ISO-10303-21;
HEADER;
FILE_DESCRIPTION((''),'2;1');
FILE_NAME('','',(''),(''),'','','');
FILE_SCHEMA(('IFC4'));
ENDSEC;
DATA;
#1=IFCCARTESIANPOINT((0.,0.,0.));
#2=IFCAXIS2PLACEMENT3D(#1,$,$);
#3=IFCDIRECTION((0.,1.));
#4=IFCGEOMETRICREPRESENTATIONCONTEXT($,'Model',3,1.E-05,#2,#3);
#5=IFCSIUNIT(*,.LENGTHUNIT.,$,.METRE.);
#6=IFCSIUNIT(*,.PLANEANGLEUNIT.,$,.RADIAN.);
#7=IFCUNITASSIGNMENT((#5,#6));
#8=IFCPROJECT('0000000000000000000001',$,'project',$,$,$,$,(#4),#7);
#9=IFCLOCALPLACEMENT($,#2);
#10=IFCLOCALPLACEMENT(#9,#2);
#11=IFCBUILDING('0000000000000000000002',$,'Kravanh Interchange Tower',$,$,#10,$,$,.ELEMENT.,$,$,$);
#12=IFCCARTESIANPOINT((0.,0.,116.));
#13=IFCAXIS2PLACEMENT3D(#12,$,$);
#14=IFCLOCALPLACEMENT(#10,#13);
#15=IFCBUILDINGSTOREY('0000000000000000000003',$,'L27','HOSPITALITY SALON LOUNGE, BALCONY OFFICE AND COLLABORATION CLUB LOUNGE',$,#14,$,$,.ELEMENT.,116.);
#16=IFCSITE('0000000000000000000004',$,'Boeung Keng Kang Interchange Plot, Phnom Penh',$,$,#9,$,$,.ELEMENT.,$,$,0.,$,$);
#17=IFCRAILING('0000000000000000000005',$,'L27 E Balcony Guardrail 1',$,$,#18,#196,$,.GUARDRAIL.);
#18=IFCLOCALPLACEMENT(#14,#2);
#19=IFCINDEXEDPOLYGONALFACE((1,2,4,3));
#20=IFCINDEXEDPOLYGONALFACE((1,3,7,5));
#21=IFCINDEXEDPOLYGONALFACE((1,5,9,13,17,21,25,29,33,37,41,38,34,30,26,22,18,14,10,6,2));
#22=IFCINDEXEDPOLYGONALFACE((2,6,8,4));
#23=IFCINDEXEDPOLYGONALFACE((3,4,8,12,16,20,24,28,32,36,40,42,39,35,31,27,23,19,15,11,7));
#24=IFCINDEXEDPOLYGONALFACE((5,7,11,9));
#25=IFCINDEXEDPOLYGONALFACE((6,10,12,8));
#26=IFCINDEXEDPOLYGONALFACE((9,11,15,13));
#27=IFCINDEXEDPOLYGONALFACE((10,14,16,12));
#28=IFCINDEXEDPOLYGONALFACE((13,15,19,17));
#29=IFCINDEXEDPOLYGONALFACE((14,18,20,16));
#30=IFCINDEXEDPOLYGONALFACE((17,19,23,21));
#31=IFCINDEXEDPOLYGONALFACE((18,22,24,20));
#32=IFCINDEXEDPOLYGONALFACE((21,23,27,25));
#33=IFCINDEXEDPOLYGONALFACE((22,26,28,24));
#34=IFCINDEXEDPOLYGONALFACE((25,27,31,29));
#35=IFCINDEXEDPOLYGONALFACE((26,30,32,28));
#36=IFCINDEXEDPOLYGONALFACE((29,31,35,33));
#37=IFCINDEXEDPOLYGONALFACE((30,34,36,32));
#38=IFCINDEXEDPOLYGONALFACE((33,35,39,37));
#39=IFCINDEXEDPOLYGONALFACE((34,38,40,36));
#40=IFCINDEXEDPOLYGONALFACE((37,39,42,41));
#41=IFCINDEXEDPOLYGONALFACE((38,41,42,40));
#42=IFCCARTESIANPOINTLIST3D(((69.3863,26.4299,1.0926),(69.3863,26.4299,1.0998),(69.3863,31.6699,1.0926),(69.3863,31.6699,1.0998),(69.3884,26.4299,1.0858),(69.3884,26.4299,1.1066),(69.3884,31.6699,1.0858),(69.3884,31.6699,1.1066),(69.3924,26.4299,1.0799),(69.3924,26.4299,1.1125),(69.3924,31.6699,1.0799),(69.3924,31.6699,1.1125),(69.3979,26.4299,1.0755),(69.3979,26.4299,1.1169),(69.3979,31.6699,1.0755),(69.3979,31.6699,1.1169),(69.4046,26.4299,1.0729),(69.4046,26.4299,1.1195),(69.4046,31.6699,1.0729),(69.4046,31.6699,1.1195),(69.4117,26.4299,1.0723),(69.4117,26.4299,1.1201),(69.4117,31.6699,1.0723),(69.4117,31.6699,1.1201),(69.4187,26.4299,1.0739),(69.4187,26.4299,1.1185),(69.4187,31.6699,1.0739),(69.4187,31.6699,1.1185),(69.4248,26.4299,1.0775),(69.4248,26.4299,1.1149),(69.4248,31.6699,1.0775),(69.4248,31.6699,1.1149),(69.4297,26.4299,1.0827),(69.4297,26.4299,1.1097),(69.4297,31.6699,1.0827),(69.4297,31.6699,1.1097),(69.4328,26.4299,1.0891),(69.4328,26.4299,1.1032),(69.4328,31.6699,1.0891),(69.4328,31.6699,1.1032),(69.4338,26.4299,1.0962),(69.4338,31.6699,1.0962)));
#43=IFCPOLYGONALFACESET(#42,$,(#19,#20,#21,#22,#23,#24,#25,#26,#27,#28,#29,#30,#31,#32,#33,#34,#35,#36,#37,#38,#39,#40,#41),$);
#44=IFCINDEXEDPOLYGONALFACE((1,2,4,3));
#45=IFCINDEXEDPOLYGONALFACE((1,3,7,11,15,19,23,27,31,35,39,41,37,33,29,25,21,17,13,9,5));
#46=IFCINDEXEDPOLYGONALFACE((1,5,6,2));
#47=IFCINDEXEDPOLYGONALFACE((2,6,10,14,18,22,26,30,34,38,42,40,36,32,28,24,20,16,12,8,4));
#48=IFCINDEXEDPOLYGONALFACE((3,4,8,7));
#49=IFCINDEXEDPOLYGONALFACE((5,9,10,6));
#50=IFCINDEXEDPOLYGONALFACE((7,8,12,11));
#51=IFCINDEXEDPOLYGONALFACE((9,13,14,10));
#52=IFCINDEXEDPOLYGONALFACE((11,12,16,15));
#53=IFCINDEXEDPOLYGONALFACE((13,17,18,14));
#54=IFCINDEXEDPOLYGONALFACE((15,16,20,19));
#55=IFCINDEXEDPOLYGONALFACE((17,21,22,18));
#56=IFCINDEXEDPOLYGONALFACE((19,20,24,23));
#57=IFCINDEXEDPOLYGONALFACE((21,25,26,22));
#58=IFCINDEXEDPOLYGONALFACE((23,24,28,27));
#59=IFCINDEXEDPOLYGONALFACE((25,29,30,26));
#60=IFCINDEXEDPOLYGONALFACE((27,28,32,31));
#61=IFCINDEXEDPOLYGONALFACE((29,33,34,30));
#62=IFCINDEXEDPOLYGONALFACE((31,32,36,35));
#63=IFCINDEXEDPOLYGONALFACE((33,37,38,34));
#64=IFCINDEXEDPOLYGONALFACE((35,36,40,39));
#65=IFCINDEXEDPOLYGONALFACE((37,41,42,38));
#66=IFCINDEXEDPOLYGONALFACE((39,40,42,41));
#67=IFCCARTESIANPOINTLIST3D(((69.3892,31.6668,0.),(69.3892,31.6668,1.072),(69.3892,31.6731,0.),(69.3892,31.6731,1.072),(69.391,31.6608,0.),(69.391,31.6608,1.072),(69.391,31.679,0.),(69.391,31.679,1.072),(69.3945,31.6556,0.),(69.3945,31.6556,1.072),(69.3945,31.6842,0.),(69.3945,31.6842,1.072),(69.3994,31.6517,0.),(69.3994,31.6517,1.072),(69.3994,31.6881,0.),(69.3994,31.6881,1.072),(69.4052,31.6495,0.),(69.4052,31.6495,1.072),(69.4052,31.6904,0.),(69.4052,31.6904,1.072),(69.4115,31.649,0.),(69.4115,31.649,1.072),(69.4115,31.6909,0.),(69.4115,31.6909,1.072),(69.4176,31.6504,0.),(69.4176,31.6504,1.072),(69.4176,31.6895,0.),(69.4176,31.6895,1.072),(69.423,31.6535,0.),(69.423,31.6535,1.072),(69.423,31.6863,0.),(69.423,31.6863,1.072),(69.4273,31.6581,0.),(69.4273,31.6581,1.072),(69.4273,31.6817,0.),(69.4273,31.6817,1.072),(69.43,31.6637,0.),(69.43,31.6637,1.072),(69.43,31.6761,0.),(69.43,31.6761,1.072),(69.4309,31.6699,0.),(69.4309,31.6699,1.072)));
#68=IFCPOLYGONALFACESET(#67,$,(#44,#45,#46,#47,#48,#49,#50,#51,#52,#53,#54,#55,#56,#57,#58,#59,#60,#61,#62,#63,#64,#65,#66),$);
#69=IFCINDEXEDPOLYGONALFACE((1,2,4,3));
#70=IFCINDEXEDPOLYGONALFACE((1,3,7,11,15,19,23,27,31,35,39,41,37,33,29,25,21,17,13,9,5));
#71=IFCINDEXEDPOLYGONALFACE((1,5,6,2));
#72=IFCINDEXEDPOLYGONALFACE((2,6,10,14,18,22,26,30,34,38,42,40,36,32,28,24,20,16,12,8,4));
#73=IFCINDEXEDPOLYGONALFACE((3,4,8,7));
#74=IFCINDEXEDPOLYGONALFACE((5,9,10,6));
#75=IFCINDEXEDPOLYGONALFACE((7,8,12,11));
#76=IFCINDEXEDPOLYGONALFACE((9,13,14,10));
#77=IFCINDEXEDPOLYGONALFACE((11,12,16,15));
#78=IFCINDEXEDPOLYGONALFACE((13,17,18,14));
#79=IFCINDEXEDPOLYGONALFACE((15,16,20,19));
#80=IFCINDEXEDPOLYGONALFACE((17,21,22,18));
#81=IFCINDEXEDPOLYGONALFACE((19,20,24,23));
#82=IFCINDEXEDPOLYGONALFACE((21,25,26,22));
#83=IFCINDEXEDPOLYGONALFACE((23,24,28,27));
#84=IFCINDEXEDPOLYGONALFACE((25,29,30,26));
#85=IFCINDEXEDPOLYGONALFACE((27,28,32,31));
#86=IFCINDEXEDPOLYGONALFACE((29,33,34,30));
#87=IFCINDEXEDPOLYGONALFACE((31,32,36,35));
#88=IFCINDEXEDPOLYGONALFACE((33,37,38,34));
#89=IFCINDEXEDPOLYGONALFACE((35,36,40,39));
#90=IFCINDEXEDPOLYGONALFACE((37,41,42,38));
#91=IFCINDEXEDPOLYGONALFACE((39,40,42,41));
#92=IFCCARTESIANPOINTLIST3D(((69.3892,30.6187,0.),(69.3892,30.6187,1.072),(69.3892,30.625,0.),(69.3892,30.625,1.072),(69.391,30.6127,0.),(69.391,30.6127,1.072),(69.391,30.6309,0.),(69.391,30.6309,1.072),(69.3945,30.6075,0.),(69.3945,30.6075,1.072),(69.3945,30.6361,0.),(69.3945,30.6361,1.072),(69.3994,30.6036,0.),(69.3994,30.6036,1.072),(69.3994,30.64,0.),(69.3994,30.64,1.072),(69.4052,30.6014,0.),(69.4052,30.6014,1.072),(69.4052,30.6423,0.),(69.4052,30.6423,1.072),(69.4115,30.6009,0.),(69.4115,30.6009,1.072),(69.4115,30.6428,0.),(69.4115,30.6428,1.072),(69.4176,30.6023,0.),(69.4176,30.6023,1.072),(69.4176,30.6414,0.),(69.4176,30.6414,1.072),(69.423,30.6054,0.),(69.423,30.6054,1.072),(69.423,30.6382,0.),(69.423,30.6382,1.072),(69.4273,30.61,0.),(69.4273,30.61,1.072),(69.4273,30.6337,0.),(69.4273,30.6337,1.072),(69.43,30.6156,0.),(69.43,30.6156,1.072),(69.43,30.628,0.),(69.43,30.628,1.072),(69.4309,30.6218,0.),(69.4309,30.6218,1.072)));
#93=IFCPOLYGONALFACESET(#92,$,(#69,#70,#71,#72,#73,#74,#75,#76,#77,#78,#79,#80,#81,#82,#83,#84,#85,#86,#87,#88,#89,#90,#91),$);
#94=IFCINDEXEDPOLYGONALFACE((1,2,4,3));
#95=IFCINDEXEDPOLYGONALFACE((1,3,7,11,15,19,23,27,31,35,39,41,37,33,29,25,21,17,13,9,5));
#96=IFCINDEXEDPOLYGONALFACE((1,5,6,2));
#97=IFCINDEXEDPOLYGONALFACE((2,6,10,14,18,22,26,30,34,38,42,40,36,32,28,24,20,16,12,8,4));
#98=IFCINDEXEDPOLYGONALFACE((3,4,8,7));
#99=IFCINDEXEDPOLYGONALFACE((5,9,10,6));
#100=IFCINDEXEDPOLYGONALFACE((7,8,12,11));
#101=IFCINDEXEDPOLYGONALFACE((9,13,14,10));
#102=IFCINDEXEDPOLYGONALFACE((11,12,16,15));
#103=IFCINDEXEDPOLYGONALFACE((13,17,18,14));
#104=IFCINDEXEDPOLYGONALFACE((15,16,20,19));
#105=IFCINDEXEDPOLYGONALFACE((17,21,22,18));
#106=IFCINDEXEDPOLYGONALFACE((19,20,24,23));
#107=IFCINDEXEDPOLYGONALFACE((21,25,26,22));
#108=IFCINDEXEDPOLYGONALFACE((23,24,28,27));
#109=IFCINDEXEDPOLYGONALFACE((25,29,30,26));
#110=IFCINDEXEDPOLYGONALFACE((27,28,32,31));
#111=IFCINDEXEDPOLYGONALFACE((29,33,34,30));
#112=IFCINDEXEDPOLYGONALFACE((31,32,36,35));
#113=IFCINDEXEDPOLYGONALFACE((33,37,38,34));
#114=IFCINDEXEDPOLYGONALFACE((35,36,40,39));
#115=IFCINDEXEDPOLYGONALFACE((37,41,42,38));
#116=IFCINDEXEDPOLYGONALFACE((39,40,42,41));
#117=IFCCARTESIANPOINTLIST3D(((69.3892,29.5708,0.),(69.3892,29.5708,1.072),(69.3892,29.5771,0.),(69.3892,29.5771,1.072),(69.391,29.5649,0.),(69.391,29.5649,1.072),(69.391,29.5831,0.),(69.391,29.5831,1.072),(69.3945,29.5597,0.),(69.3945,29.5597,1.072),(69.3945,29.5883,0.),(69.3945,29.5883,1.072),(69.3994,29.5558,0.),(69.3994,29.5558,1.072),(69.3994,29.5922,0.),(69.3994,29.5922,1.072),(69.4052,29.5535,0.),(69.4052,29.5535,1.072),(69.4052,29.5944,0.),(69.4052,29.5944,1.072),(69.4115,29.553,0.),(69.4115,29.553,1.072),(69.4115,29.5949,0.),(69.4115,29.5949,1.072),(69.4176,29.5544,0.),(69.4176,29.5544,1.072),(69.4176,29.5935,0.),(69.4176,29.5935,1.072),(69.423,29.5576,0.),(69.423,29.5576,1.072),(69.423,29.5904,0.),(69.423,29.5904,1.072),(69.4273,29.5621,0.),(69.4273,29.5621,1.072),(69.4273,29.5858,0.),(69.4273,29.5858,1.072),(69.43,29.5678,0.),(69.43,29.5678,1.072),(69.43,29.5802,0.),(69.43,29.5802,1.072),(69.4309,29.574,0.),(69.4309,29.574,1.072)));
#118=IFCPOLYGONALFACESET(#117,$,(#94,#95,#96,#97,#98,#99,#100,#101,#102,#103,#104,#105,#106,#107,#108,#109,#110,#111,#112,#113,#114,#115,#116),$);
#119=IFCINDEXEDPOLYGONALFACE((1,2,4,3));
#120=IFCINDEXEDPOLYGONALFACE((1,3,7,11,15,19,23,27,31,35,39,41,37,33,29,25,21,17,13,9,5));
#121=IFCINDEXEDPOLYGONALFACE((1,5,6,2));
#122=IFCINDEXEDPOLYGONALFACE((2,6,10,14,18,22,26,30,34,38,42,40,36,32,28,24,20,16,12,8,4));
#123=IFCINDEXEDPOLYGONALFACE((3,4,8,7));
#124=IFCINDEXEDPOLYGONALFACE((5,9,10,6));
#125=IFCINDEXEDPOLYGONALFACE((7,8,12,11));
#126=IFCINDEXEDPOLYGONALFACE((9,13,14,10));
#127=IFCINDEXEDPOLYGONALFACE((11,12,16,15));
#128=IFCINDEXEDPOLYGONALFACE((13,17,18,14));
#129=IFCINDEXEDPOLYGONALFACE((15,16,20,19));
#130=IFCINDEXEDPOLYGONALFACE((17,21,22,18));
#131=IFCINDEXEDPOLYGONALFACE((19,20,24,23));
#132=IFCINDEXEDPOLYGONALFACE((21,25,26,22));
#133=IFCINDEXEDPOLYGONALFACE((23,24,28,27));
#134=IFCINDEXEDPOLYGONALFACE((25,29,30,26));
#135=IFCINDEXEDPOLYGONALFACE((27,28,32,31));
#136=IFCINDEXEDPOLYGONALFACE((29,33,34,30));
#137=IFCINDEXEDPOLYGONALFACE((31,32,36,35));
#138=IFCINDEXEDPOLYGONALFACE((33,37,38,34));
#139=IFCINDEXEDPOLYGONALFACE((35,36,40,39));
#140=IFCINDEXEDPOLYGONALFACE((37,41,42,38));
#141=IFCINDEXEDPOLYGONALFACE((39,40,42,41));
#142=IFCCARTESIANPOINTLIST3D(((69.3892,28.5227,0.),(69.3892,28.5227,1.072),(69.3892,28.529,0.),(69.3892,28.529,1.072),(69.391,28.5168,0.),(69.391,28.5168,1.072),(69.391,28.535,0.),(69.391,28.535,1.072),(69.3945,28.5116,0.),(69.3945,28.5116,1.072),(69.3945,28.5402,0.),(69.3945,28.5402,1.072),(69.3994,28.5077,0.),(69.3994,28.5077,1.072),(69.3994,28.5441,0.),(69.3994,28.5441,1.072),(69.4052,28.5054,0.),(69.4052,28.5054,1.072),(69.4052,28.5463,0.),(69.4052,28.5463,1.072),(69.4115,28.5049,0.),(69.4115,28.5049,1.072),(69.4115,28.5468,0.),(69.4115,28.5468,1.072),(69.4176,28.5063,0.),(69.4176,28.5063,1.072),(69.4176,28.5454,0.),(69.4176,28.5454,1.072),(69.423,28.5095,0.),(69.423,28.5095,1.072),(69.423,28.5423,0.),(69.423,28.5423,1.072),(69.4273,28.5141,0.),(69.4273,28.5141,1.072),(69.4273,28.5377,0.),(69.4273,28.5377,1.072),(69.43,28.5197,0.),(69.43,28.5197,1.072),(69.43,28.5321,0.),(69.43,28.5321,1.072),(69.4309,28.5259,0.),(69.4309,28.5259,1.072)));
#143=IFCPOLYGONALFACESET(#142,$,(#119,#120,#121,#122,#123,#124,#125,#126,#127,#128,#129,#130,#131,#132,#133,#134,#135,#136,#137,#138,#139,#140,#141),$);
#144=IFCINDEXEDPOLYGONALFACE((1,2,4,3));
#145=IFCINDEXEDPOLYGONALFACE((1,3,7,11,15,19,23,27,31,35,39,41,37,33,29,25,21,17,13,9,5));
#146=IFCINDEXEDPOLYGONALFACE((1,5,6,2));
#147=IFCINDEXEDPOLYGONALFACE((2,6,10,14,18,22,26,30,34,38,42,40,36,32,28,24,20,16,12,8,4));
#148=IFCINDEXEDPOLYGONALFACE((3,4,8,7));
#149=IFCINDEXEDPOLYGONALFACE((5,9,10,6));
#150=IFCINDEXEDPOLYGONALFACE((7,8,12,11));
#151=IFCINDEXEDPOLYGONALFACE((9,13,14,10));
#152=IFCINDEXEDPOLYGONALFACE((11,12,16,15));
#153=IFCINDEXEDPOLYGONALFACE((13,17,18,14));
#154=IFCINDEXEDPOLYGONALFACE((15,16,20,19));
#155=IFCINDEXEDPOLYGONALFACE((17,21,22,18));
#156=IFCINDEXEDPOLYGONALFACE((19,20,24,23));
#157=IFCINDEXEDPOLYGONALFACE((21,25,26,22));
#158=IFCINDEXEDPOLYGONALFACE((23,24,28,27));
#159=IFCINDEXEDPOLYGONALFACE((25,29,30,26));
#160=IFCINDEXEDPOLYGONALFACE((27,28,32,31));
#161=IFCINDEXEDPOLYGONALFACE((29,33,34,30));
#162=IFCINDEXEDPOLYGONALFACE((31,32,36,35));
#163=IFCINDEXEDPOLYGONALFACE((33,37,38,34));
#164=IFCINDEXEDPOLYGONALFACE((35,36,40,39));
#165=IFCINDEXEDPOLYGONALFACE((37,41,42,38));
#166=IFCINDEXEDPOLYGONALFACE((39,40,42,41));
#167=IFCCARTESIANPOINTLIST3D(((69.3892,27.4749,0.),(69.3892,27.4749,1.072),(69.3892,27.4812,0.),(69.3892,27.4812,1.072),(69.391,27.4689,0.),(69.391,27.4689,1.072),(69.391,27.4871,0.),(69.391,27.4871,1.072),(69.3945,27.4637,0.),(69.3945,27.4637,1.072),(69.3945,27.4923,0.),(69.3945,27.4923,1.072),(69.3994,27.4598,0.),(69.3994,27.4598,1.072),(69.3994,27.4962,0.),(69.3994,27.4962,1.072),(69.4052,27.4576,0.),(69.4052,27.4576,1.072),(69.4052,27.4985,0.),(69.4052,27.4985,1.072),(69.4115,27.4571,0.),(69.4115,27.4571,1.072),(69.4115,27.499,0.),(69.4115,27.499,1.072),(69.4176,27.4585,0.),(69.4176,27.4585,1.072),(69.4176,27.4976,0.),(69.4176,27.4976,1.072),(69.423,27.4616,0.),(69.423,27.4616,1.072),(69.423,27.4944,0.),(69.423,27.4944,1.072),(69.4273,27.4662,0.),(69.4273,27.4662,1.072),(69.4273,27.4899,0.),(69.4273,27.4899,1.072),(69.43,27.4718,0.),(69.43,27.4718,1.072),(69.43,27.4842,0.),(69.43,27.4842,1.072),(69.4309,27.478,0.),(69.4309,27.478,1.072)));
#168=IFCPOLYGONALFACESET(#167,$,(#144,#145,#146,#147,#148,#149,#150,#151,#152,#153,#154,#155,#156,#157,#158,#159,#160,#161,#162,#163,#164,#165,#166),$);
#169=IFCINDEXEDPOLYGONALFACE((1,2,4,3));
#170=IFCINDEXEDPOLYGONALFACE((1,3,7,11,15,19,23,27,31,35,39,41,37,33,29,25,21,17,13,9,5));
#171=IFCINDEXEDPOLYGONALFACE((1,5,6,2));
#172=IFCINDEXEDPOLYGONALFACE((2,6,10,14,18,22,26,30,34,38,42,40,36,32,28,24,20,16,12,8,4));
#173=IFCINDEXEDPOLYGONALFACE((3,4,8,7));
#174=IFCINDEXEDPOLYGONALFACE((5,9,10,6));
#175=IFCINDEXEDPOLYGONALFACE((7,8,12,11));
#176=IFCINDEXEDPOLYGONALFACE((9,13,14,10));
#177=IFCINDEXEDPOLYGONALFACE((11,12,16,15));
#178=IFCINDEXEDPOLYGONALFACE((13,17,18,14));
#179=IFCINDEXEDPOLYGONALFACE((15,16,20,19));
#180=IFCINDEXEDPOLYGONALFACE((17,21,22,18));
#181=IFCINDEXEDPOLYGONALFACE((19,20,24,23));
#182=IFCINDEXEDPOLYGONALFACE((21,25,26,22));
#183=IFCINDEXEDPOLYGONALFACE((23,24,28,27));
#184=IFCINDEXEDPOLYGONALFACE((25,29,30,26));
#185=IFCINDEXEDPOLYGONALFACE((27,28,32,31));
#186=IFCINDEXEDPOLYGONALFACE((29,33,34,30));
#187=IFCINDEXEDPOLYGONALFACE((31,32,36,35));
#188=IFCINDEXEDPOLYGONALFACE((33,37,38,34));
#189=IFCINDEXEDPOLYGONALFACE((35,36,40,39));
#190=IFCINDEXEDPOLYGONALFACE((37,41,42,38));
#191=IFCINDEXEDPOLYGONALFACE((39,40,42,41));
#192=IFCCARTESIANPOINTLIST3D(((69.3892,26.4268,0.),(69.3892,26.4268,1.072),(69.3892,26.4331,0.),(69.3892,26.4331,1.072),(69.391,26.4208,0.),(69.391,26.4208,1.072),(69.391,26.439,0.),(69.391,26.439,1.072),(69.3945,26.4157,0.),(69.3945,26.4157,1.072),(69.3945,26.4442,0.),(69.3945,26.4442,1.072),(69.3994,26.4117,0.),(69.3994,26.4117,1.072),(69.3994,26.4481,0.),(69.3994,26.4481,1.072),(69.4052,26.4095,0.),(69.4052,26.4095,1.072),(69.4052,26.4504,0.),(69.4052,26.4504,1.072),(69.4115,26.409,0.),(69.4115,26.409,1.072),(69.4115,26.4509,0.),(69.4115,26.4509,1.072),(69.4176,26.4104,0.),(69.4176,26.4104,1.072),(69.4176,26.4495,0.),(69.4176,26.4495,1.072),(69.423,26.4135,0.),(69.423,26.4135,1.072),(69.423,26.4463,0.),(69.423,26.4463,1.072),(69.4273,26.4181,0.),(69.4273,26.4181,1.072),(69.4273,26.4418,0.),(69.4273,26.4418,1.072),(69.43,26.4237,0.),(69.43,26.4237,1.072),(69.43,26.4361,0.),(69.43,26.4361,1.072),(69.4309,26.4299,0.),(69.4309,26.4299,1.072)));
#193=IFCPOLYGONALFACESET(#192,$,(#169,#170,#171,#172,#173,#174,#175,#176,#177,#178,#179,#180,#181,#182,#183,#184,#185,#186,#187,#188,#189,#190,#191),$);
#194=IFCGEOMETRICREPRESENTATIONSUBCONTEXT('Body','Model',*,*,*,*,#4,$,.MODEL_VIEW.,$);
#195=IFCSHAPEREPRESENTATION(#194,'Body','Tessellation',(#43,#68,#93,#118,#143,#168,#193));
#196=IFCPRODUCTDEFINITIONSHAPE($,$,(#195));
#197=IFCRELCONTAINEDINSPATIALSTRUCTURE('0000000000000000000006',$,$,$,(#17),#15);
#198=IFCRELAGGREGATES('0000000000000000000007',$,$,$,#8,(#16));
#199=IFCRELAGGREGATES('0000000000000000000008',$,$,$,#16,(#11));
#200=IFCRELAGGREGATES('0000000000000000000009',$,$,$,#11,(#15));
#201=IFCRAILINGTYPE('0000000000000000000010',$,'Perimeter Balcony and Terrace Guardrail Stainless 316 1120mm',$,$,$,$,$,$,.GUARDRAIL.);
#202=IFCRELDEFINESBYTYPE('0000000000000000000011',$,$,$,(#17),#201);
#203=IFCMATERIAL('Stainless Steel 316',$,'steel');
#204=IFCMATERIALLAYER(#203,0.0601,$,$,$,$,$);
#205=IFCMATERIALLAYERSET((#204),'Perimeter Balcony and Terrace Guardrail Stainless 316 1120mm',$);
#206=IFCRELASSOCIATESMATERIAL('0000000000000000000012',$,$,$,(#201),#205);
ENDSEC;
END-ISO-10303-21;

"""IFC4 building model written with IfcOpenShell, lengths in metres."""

from ifc_helpers import new_model, si_unit, direction, frame, origin, origin_2d, place, context, subcontext, project, spatial, circle, extrude, material, layer, layer_set, type_object, element, save


model = new_model("IFC4")

# Units and contexts
model_context = context("Model", 3, precision=1e-05, world=origin(), true_north=direction((0.0, 1.0)))
body_context = subcontext(model_context, "Body", "Model", "MODEL_VIEW")
ifc_project = project(units=[si_unit("LENGTHUNIT", "METRE"), si_unit("PLANEANGLEUNIT", "RADIAN")], contexts=[model_context])

# Site, building, storey
site_placement = place(None, origin())
site = spatial("IfcSite", under=ifc_project, at=site_placement, Name="Boeung Keng Kang Interchange Plot, Phnom Penh", CompositionType="ELEMENT", RefElevation=0.0)
building_placement = place(site_placement, origin())
building = spatial("IfcBuilding", under=site, at=building_placement, Name="Kravanh Interchange Tower", CompositionType="ELEMENT")
storey_placement = place(building_placement, frame((0.0, 0.0, 116.0)))
storey = spatial("IfcBuildingStorey", under=building, at=storey_placement, Name="L27", Description="HOSPITALITY SALON LOUNGE, BALCONY OFFICE AND COLLABORATION CLUB LOUNGE", CompositionType="ELEMENT", Elevation=116.0)

# Railing
ifc_material_1 = material(Name="Stainless Steel 316", Category="steel")
ifc_layer_1 = layer(ifc_material_1, 0.0601)
ifc_layer_set_1 = layer_set([ifc_layer_1], Name="Perimeter Balcony and Terrace Guardrail Stainless 316 1120mm")
railing_type = type_object("IfcRailingType", Name="Perimeter Balcony and Terrace Guardrail Stainless 316 1120mm", PredefinedType="GUARDRAIL", material=ifc_layer_set_1)
railing_1_placement = place(storey_placement, frame((69.4099, 31.6699, 0.0)))
element("IfcRailing", 1, at=railing_1_placement, inside=storey, type_object=railing_type, Name="L27 E Balcony Guardrail 1", PredefinedType="GUARDRAIL", context=body_context, shape_type="SweptSolid", body=[
    extrude(circle(Radius=0.0239, at=origin_2d()), frame((0.0, 0.0, 1.0962), z_axis=(0.0, -1.0, 0.0), x_axis=(1.0, 0.0, 0.0)), (0.0, 0.0, 1.0), 5.24),
    extrude(circle(Radius=0.021, at=origin_2d()), origin(), (0.0, 0.0, 1.0), 1.072),
    extrude(circle(Radius=0.021, at=origin_2d()), frame((0.0, -1.0481, 0.0)), (0.0, 0.0, 1.0), 1.072),
    extrude(circle(Radius=0.021, at=origin_2d()), frame((0.0, -2.0959, 0.0)), (0.0, 0.0, 1.0), 1.072),
    extrude(circle(Radius=0.021, at=origin_2d()), frame((0.0, -3.144, 0.0)), (0.0, 0.0, 1.0), 1.072),
    extrude(circle(Radius=0.021, at=origin_2d()), frame((0.0, -4.1919, 0.0)), (0.0, 0.0, 1.0), 1.072),
    extrude(circle(Radius=0.021, at=origin_2d()), frame((0.0, -5.24, 0.0)), (0.0, 0.0, 1.0), 1.072),
])

save(model, "model.ifc")
